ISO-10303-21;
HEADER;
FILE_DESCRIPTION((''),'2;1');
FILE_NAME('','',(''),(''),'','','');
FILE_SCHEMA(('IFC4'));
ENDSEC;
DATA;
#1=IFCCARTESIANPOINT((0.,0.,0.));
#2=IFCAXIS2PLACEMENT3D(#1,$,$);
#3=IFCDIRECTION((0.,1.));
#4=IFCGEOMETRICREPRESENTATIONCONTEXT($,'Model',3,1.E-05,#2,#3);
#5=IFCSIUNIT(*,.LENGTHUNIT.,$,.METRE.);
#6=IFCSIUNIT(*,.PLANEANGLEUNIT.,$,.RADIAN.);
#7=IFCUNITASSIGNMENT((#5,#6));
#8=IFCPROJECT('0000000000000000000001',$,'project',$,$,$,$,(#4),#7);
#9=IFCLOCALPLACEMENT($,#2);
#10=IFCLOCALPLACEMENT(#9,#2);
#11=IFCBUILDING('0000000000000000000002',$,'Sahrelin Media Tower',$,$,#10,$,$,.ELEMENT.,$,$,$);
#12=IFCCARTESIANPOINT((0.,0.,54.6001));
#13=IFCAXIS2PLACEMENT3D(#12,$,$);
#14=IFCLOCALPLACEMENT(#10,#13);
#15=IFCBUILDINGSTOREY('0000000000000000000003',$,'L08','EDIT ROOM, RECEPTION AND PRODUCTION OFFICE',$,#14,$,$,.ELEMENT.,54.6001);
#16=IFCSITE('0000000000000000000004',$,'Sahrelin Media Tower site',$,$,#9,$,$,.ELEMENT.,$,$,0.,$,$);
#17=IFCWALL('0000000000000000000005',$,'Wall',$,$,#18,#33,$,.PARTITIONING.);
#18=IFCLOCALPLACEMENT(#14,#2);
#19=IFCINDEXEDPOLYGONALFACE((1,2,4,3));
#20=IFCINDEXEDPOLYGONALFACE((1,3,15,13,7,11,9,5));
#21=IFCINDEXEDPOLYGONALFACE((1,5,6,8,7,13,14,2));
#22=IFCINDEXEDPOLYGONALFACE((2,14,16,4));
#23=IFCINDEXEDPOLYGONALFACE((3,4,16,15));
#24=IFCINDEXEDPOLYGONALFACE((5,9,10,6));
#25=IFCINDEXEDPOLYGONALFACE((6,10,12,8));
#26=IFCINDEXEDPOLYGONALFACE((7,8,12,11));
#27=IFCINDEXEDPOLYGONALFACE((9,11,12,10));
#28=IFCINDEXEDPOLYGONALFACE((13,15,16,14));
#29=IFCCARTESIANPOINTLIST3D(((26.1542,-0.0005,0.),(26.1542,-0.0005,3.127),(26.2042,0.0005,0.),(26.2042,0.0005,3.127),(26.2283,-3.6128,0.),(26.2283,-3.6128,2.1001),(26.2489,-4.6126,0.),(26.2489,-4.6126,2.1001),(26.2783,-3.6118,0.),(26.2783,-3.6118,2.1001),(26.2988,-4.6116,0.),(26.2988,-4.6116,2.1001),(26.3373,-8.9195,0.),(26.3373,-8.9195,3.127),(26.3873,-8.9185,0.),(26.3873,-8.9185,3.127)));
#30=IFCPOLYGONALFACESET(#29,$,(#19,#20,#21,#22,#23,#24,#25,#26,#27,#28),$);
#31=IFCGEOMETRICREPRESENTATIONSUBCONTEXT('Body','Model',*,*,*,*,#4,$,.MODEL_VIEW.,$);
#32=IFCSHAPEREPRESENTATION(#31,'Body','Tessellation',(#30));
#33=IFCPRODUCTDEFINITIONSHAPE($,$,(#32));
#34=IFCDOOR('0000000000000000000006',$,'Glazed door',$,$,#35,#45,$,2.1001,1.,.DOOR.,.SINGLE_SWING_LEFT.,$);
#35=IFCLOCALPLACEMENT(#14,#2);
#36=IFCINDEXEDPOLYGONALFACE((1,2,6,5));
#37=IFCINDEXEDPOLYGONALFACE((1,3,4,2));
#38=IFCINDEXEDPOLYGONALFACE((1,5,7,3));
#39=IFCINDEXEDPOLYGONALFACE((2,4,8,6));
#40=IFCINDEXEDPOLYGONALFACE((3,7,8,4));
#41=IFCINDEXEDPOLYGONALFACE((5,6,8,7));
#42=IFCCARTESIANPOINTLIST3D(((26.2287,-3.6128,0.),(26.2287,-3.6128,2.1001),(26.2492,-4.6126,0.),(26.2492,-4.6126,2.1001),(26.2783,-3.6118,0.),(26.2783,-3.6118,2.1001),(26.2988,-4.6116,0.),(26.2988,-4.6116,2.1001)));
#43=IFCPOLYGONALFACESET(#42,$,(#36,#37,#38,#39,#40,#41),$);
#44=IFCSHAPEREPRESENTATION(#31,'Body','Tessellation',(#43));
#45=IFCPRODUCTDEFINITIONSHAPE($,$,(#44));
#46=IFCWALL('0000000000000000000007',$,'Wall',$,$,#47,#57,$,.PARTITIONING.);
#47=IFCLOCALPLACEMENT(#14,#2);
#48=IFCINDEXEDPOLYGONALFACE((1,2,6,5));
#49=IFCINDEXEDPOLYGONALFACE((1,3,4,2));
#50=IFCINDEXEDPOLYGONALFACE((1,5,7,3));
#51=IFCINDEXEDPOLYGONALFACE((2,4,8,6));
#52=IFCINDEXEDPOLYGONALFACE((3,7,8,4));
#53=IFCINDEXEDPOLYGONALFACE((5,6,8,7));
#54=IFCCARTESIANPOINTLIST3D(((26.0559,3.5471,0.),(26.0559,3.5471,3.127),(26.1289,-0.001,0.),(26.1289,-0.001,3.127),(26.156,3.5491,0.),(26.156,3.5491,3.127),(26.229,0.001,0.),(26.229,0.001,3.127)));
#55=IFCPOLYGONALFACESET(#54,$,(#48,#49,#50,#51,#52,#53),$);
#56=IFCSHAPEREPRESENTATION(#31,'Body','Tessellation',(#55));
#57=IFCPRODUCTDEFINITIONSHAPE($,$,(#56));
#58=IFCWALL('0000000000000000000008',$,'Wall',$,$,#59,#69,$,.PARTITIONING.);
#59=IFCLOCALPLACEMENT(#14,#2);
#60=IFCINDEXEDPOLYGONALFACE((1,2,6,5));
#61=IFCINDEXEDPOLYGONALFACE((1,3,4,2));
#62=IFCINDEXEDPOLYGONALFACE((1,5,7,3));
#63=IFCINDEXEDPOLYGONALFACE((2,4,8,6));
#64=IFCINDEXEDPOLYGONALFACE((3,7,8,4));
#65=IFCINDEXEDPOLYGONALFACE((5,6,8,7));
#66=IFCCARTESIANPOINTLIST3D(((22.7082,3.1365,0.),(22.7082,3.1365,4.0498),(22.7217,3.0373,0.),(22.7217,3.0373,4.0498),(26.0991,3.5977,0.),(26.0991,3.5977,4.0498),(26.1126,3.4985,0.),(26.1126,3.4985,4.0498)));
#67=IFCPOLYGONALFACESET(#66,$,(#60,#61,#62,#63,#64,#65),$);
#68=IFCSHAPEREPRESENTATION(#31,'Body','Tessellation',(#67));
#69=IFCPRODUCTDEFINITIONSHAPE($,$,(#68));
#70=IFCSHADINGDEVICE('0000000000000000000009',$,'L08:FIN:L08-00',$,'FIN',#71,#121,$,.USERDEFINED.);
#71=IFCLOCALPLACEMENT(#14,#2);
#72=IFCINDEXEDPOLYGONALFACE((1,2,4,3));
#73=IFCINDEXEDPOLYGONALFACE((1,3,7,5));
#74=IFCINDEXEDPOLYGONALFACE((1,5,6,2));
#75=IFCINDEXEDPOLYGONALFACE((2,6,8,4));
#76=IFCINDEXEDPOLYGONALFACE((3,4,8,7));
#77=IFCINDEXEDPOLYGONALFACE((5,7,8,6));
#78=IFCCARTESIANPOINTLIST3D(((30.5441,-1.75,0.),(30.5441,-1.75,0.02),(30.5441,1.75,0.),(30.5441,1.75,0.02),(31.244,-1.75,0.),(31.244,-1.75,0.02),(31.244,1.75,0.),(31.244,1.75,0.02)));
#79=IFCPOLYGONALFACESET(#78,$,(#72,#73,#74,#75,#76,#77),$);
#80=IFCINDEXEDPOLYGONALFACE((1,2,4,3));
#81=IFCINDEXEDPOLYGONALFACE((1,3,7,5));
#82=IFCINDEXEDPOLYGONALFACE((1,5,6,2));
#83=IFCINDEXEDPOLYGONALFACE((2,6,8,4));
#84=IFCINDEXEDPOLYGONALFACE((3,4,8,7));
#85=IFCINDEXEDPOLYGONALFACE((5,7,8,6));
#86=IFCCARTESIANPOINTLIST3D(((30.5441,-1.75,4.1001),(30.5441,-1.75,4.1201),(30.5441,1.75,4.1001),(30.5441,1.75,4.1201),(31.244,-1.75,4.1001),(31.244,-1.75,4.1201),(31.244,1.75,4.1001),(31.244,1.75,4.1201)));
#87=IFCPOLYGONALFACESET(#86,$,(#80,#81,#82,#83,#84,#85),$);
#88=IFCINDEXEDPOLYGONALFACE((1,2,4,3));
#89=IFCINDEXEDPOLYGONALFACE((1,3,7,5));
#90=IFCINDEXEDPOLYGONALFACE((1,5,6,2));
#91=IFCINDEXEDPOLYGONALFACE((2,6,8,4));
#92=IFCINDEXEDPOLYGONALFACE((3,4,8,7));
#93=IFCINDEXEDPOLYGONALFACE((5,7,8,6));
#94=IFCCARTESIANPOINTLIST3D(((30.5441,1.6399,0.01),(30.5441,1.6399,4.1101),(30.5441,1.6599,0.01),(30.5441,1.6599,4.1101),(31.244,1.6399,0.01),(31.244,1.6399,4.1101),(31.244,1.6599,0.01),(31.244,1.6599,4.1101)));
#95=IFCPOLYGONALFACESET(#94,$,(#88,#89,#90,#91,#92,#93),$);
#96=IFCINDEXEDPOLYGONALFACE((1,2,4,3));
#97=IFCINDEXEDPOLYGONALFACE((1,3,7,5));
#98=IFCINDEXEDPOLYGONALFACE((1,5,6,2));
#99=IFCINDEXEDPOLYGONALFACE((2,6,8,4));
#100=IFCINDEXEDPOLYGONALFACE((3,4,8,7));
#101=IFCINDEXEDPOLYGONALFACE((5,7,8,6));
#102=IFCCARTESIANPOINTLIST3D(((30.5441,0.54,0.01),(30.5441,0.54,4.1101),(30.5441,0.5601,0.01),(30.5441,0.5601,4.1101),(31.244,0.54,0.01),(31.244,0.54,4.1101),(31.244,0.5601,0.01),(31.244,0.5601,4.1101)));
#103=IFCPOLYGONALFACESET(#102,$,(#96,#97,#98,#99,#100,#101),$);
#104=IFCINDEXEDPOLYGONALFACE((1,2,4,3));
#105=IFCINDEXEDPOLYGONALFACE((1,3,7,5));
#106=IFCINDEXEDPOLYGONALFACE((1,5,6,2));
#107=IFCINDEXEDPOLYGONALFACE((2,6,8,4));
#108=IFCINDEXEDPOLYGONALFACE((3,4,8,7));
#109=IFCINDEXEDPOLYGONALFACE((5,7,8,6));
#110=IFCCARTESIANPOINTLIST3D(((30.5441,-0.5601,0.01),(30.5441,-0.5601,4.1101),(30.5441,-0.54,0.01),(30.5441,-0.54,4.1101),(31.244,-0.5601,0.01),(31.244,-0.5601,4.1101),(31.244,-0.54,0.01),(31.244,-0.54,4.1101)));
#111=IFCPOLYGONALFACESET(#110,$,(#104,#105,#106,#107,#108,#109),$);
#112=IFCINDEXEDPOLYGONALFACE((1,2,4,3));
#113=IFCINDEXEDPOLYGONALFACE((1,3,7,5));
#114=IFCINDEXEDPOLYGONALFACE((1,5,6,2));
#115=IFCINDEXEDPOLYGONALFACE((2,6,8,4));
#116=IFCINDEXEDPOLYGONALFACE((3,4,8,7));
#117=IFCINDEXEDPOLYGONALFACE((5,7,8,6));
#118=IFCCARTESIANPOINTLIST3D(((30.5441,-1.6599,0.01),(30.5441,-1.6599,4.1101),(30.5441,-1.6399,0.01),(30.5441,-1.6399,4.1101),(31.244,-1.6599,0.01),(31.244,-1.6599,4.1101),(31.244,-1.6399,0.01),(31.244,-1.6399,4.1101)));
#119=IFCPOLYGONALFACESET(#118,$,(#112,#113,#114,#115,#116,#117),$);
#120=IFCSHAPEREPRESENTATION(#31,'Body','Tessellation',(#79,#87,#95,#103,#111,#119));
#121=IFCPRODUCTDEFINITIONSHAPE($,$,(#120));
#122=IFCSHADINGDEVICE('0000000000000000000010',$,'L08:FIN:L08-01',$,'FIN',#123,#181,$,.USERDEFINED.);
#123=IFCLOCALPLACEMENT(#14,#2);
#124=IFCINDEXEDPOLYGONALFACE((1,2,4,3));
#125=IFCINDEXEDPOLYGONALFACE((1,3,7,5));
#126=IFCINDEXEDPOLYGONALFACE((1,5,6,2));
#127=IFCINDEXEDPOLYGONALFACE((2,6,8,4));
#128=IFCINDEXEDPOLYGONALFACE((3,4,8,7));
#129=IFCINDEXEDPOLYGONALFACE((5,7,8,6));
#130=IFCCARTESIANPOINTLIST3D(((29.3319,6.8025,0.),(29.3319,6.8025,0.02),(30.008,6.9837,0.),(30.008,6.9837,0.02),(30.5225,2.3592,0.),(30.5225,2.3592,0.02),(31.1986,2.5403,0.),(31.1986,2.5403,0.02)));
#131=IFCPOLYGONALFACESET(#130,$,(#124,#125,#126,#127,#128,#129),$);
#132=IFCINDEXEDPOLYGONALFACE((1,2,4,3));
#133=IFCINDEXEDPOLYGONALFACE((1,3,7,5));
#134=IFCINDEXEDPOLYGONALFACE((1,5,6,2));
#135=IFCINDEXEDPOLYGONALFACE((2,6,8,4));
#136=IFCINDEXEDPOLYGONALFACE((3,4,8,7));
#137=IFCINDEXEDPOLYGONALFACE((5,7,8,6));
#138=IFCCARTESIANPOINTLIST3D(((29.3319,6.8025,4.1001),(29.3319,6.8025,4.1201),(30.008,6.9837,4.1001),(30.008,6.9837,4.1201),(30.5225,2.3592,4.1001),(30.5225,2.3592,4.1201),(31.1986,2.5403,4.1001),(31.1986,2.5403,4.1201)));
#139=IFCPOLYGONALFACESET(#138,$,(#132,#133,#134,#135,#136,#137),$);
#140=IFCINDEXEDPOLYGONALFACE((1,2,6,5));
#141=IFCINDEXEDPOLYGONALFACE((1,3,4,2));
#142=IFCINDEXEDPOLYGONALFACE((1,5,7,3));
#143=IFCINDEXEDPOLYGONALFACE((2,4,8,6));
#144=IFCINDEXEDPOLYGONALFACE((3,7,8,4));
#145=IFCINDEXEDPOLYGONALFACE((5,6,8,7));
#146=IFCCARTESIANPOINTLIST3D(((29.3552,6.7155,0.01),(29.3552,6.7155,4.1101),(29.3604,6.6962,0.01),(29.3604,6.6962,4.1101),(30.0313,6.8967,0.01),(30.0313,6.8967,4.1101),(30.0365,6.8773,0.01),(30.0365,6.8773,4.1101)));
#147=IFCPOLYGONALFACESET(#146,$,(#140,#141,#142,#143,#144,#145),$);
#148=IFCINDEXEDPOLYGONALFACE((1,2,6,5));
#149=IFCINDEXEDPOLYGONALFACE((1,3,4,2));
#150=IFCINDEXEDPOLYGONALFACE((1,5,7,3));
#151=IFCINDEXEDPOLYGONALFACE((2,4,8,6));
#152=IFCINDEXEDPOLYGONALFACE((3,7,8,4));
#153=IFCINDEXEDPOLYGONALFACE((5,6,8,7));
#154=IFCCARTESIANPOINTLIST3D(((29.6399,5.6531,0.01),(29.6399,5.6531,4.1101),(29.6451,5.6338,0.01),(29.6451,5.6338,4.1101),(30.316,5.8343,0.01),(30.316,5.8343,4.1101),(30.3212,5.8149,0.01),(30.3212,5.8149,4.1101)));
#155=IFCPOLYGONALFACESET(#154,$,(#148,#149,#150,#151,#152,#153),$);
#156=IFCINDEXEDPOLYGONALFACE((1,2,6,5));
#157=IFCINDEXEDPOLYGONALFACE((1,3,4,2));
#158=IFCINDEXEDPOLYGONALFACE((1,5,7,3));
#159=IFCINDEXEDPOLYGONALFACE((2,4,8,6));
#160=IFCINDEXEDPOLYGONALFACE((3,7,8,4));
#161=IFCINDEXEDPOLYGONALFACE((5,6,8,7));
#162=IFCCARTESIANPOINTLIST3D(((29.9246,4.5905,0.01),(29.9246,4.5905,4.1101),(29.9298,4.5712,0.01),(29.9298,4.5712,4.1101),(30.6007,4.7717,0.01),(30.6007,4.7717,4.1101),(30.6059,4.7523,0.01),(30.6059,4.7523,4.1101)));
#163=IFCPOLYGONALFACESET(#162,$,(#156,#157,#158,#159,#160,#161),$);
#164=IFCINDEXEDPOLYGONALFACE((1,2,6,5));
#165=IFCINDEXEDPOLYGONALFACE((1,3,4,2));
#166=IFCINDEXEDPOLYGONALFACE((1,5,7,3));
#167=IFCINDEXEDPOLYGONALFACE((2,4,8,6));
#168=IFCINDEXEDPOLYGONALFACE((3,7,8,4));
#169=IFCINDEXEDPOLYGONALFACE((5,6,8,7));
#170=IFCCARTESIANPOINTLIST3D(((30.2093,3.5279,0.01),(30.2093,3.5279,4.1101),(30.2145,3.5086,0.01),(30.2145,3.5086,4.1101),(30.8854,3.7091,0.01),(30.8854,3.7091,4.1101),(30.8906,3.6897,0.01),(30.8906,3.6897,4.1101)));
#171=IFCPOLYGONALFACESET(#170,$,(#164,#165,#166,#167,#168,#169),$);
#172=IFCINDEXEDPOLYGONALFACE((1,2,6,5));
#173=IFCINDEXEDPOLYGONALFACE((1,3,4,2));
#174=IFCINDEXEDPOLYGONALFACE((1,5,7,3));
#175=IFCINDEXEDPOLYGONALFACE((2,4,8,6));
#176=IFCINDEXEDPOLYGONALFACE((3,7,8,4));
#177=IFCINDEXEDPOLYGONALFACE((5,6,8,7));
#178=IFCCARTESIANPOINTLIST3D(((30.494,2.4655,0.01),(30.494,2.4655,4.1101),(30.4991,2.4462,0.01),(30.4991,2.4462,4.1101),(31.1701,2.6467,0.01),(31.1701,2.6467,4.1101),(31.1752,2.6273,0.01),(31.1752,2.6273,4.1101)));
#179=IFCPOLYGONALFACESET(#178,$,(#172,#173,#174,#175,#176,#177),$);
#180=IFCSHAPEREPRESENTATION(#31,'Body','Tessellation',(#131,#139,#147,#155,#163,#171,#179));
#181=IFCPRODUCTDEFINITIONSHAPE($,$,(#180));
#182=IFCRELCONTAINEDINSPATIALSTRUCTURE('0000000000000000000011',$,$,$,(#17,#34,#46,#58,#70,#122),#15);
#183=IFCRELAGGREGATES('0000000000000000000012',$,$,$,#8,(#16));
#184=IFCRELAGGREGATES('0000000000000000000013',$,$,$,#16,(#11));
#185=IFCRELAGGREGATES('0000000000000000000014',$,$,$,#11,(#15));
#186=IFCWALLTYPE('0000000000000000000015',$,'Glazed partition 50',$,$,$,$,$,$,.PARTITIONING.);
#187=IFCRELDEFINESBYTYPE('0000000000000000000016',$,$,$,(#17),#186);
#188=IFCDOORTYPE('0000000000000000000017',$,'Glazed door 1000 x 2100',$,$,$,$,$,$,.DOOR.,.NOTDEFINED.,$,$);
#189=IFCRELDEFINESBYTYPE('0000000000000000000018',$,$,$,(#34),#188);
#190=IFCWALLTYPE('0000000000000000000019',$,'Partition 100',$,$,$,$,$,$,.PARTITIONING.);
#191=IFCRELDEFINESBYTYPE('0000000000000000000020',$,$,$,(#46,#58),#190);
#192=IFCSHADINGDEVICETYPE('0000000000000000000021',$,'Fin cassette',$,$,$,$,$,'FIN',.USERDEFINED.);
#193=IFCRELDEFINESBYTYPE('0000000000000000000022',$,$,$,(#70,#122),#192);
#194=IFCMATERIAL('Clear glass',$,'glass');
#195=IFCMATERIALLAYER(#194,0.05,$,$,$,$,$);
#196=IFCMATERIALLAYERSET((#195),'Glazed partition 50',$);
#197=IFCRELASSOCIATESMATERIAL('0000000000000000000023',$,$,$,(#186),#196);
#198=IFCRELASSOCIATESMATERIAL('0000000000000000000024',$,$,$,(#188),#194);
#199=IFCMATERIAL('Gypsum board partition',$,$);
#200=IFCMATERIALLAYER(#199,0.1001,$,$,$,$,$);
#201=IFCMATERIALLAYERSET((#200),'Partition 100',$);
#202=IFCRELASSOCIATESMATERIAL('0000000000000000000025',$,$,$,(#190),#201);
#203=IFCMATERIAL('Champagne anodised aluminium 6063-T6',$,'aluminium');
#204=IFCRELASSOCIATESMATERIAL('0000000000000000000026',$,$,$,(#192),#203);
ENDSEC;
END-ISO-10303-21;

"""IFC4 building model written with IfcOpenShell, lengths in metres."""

from ifc_helpers import new_model, si_unit, direction, frame, frame_2d, origin, origin_2d, place, context, subcontext, project, spatial, rectangle, extrude, material, layer, layer_set, type_object, element, fill, save


model = new_model("IFC4")

# Units and contexts
model_context = context("Model", 3, precision=1e-05, world=origin(), true_north=direction((0.0, 1.0)))
body_context = subcontext(model_context, "Body", "Model", "MODEL_VIEW")
ifc_project = project(units=[si_unit("LENGTHUNIT", "METRE"), si_unit("PLANEANGLEUNIT", "RADIAN")], contexts=[model_context])

# Site, building, storey
site_placement = place(None, origin())
site = spatial("IfcSite", under=ifc_project, at=site_placement, Name="Sahrelin Media Tower site", CompositionType="ELEMENT", RefElevation=0.0)
building_placement = place(site_placement, origin())
building = spatial("IfcBuilding", under=site, at=building_placement, Name="Sahrelin Media Tower", CompositionType="ELEMENT")
storey_placement = place(building_placement, frame((0.0, 0.0, 54.6001)))
storey = spatial("IfcBuildingStorey", under=building, at=storey_placement, Name="L08", Description="EDIT ROOM, RECEPTION AND PRODUCTION OFFICE", CompositionType="ELEMENT", Elevation=54.6001)

# Shared definitions
ifc_material_1 = material(Name="Champagne anodised aluminium 6063-T6", Category="aluminium")

# Wall, opening, door
ifc_material_2 = material(Name="Clear glass", Category="glass")
ifc_layer_1 = layer(ifc_material_2, 0.05)
ifc_layer_set_1 = layer_set([ifc_layer_1], Name="Glazed partition 50")
wall_type_1 = type_object("IfcWallType", Name="Glazed partition 50", PredefinedType="PARTITIONING", material=ifc_layer_set_1)
wall_1_placement = place(storey_placement, frame((26.1792, 0.0, 0.0), z_axis=(0.0, 0.0, 1.0), x_axis=(0.020526, -0.999789, 0.0)))
wall_1 = element("IfcWall", 1, at=wall_1_placement, inside=storey, type_object=wall_type_1, Name="Wall", PredefinedType="PARTITIONING", context=body_context, shape_type="SweptSolid", body=[
    extrude(rectangle(XDim=8.9209, YDim=0.05, at=frame_2d((4.4604, 0.0))), origin(), (0.0, 0.0, 1.0), 3.127),
])
opening_placement = place(wall_1_placement, frame((3.613, 0.0, 0.0)))
opening = element("IfcOpeningElement", 2, at=opening_placement, cuts=wall_1, PredefinedType="OPENING", context=body_context, shape_type="SweptSolid", body=[
    extrude(rectangle(XDim=1.0, YDim=2.1001, at=frame_2d((0.5, 1.05))), frame((0.0, 0.0249, 0.0), z_axis=(0.0, -1.0, 0.0), x_axis=(1.0, 0.0, 0.0)), (0.0, 0.0, 1.0), 0.05),
])
door_type = type_object("IfcDoorType", Name="Glazed door 1000 x 2100", OperationType="NOTDEFINED", PredefinedType="DOOR", material=ifc_material_2)
door_placement = place(opening_placement, origin())
door = element("IfcDoor", 3, at=door_placement, inside=storey, type_object=door_type, Name="Glazed door", OperationType="SINGLE_SWING_LEFT", OverallHeight=2.1001, OverallWidth=1.0, PredefinedType="DOOR", context=body_context, shape_type="SweptSolid", body=[
    extrude(rectangle(XDim=1.0, YDim=2.1001, at=frame_2d((0.5, 1.05))), frame((0.0, 0.0249, 0.0), z_axis=(0.0, -1.0, 0.0), x_axis=(1.0, 0.0, 0.0)), (0.0, 0.0, 1.0), 0.0496),
])
fill(opening, door)

# Walls
ifc_material_3 = material(Name="Gypsum board partition")
ifc_layer_2 = layer(ifc_material_3, 0.1001)
ifc_layer_set_2 = layer_set([ifc_layer_2], Name="Partition 100")
wall_type_2 = type_object("IfcWallType", Name="Partition 100", PredefinedType="PARTITIONING", material=ifc_layer_set_2)
wall_2_placement = place(storey_placement, frame((26.106, 3.5481, 0.0), z_axis=(0.0, 0.0, 1.0), x_axis=(0.02057, -0.999788, 0.0)))
element("IfcWall", 4, at=wall_2_placement, inside=storey, type_object=wall_type_2, Name="Wall", PredefinedType="PARTITIONING", context=body_context, shape_type="SweptSolid", body=[
    extrude(rectangle(XDim=3.5488, YDim=0.1001, at=frame_2d((1.7744, 0.0))), origin(), (0.0, 0.0, 1.0), 3.127),
])
wall_3_placement = place(storey_placement, frame((22.7151, 3.0869, 0.0), z_axis=(0.0, 0.0, 1.0), x_axis=(0.990877, 0.134766, 0.0)))
element("IfcWall", 5, at=wall_3_placement, inside=storey, type_object=wall_type_2, Name="Wall", PredefinedType="PARTITIONING", context=body_context, shape_type="SweptSolid", body=[
    extrude(rectangle(XDim=3.4221, YDim=0.1001, at=frame_2d((1.7109, 0.0))), origin(), (0.0, 0.0, 1.0), 4.0498),
])

# Shading devices
shading_device_type_1 = type_object("IfcShadingDeviceType", Name="Fin cassette", ElementType="FIN", PredefinedType="USERDEFINED", material=ifc_material_1)
placement_1 = place(storey_placement, frame((30.4741, 0.0, 0.0), z_axis=(0.0, 0.0, 1.0), x_axis=(0.0, -1.0, 0.0)))
element("IfcShadingDevice", 6, at=placement_1, inside=storey, type_object=shading_device_type_1, Name="L08:FIN:L08-00", ObjectType="FIN", PredefinedType="USERDEFINED", context=body_context, shape_type="SweptSolid", body=[
    extrude(rectangle(XDim=3.5, YDim=0.7, at=origin_2d()), frame((0.0, 0.4199, 0.0)), (0.0, 0.0, 1.0), 0.02),
    extrude(rectangle(XDim=3.5, YDim=0.7, at=origin_2d()), frame((0.0, 0.4199, 4.1001)), (0.0, 0.0, 1.0), 0.02),
    extrude(rectangle(XDim=0.02, YDim=0.7, at=origin_2d()), frame((-1.6499, 0.4199, 0.01), z_axis=(0.0, 0.0, 1.0), x_axis=(1.0, 0.0, 0.0)), (0.0, 0.0, 1.0), 4.1001),
    extrude(rectangle(XDim=0.02, YDim=0.7, at=origin_2d()), frame((-0.55, 0.4199, 0.01), z_axis=(0.0, 0.0, 1.0), x_axis=(1.0, 0.0, 0.0)), (0.0, 0.0, 1.0), 4.1001),
    extrude(rectangle(XDim=0.02, YDim=0.7, at=origin_2d()), frame((0.55, 0.4199, 0.01), z_axis=(0.0, 0.0, 1.0), x_axis=(1.0, 0.0, 0.0)), (0.0, 0.0, 1.0), 4.1001),
    extrude(rectangle(XDim=0.02, YDim=0.7, at=origin_2d()), frame((1.6499, 0.4199, 0.01), z_axis=(0.0, 0.0, 1.0), x_axis=(1.0, 0.0, 0.0)), (0.0, 0.0, 1.0), 4.1001),
])
placement_2 = place(storey_placement, frame((29.8596, 4.5627, 0.0), z_axis=(0.0, 0.0, 1.0), x_axis=(0.258808, -0.965929, 0.0)))
element("IfcShadingDevice", 7, at=placement_2, inside=storey, type_object=shading_device_type_1, Name="L08:FIN:L08-01", ObjectType="FIN", PredefinedType="USERDEFINED", context=body_context, shape_type="SweptSolid", body=[
    extrude(rectangle(XDim=4.6001, YDim=0.7, at=origin_2d()), frame((0.0, 0.4199, 0.0)), (0.0, 0.0, 1.0), 0.02),
    extrude(rectangle(XDim=4.6001, YDim=0.7, at=origin_2d()), frame((0.0, 0.4199, 4.1001)), (0.0, 0.0, 1.0), 0.02),
    extrude(rectangle(XDim=0.02, YDim=0.7, at=origin_2d()), frame((-2.2, 0.4199, 0.01), z_axis=(0.0, 0.0, 1.0), x_axis=(1.0, 0.0, 0.0)), (0.0, 0.0, 1.0), 4.1001),
    extrude(rectangle(XDim=0.02, YDim=0.7, at=origin_2d()), frame((-1.1001, 0.4199, 0.01), z_axis=(0.0, 0.0, 1.0), x_axis=(1.0, 0.0, 0.0)), (0.0, 0.0, 1.0), 4.1001),
    extrude(rectangle(XDim=0.02, YDim=0.7, at=origin_2d()), frame((0.0, 0.4199, 0.01), z_axis=(0.0, 0.0, 1.0), x_axis=(1.0, 0.0, 0.0)), (0.0, 0.0, 1.0), 4.1001),
    extrude(rectangle(XDim=0.02, YDim=0.7, at=origin_2d()), frame((1.1001, 0.4199, 0.01), z_axis=(0.0, 0.0, 1.0), x_axis=(1.0, 0.0, 0.0)), (0.0, 0.0, 1.0), 4.1001),
    extrude(rectangle(XDim=0.02, YDim=0.7, at=origin_2d()), frame((2.2, 0.4199, 0.01), z_axis=(0.0, 0.0, 1.0), x_axis=(1.0, 0.0, 0.0)), (0.0, 0.0, 1.0), 4.1001),
])

save(model, "model.ifc")
